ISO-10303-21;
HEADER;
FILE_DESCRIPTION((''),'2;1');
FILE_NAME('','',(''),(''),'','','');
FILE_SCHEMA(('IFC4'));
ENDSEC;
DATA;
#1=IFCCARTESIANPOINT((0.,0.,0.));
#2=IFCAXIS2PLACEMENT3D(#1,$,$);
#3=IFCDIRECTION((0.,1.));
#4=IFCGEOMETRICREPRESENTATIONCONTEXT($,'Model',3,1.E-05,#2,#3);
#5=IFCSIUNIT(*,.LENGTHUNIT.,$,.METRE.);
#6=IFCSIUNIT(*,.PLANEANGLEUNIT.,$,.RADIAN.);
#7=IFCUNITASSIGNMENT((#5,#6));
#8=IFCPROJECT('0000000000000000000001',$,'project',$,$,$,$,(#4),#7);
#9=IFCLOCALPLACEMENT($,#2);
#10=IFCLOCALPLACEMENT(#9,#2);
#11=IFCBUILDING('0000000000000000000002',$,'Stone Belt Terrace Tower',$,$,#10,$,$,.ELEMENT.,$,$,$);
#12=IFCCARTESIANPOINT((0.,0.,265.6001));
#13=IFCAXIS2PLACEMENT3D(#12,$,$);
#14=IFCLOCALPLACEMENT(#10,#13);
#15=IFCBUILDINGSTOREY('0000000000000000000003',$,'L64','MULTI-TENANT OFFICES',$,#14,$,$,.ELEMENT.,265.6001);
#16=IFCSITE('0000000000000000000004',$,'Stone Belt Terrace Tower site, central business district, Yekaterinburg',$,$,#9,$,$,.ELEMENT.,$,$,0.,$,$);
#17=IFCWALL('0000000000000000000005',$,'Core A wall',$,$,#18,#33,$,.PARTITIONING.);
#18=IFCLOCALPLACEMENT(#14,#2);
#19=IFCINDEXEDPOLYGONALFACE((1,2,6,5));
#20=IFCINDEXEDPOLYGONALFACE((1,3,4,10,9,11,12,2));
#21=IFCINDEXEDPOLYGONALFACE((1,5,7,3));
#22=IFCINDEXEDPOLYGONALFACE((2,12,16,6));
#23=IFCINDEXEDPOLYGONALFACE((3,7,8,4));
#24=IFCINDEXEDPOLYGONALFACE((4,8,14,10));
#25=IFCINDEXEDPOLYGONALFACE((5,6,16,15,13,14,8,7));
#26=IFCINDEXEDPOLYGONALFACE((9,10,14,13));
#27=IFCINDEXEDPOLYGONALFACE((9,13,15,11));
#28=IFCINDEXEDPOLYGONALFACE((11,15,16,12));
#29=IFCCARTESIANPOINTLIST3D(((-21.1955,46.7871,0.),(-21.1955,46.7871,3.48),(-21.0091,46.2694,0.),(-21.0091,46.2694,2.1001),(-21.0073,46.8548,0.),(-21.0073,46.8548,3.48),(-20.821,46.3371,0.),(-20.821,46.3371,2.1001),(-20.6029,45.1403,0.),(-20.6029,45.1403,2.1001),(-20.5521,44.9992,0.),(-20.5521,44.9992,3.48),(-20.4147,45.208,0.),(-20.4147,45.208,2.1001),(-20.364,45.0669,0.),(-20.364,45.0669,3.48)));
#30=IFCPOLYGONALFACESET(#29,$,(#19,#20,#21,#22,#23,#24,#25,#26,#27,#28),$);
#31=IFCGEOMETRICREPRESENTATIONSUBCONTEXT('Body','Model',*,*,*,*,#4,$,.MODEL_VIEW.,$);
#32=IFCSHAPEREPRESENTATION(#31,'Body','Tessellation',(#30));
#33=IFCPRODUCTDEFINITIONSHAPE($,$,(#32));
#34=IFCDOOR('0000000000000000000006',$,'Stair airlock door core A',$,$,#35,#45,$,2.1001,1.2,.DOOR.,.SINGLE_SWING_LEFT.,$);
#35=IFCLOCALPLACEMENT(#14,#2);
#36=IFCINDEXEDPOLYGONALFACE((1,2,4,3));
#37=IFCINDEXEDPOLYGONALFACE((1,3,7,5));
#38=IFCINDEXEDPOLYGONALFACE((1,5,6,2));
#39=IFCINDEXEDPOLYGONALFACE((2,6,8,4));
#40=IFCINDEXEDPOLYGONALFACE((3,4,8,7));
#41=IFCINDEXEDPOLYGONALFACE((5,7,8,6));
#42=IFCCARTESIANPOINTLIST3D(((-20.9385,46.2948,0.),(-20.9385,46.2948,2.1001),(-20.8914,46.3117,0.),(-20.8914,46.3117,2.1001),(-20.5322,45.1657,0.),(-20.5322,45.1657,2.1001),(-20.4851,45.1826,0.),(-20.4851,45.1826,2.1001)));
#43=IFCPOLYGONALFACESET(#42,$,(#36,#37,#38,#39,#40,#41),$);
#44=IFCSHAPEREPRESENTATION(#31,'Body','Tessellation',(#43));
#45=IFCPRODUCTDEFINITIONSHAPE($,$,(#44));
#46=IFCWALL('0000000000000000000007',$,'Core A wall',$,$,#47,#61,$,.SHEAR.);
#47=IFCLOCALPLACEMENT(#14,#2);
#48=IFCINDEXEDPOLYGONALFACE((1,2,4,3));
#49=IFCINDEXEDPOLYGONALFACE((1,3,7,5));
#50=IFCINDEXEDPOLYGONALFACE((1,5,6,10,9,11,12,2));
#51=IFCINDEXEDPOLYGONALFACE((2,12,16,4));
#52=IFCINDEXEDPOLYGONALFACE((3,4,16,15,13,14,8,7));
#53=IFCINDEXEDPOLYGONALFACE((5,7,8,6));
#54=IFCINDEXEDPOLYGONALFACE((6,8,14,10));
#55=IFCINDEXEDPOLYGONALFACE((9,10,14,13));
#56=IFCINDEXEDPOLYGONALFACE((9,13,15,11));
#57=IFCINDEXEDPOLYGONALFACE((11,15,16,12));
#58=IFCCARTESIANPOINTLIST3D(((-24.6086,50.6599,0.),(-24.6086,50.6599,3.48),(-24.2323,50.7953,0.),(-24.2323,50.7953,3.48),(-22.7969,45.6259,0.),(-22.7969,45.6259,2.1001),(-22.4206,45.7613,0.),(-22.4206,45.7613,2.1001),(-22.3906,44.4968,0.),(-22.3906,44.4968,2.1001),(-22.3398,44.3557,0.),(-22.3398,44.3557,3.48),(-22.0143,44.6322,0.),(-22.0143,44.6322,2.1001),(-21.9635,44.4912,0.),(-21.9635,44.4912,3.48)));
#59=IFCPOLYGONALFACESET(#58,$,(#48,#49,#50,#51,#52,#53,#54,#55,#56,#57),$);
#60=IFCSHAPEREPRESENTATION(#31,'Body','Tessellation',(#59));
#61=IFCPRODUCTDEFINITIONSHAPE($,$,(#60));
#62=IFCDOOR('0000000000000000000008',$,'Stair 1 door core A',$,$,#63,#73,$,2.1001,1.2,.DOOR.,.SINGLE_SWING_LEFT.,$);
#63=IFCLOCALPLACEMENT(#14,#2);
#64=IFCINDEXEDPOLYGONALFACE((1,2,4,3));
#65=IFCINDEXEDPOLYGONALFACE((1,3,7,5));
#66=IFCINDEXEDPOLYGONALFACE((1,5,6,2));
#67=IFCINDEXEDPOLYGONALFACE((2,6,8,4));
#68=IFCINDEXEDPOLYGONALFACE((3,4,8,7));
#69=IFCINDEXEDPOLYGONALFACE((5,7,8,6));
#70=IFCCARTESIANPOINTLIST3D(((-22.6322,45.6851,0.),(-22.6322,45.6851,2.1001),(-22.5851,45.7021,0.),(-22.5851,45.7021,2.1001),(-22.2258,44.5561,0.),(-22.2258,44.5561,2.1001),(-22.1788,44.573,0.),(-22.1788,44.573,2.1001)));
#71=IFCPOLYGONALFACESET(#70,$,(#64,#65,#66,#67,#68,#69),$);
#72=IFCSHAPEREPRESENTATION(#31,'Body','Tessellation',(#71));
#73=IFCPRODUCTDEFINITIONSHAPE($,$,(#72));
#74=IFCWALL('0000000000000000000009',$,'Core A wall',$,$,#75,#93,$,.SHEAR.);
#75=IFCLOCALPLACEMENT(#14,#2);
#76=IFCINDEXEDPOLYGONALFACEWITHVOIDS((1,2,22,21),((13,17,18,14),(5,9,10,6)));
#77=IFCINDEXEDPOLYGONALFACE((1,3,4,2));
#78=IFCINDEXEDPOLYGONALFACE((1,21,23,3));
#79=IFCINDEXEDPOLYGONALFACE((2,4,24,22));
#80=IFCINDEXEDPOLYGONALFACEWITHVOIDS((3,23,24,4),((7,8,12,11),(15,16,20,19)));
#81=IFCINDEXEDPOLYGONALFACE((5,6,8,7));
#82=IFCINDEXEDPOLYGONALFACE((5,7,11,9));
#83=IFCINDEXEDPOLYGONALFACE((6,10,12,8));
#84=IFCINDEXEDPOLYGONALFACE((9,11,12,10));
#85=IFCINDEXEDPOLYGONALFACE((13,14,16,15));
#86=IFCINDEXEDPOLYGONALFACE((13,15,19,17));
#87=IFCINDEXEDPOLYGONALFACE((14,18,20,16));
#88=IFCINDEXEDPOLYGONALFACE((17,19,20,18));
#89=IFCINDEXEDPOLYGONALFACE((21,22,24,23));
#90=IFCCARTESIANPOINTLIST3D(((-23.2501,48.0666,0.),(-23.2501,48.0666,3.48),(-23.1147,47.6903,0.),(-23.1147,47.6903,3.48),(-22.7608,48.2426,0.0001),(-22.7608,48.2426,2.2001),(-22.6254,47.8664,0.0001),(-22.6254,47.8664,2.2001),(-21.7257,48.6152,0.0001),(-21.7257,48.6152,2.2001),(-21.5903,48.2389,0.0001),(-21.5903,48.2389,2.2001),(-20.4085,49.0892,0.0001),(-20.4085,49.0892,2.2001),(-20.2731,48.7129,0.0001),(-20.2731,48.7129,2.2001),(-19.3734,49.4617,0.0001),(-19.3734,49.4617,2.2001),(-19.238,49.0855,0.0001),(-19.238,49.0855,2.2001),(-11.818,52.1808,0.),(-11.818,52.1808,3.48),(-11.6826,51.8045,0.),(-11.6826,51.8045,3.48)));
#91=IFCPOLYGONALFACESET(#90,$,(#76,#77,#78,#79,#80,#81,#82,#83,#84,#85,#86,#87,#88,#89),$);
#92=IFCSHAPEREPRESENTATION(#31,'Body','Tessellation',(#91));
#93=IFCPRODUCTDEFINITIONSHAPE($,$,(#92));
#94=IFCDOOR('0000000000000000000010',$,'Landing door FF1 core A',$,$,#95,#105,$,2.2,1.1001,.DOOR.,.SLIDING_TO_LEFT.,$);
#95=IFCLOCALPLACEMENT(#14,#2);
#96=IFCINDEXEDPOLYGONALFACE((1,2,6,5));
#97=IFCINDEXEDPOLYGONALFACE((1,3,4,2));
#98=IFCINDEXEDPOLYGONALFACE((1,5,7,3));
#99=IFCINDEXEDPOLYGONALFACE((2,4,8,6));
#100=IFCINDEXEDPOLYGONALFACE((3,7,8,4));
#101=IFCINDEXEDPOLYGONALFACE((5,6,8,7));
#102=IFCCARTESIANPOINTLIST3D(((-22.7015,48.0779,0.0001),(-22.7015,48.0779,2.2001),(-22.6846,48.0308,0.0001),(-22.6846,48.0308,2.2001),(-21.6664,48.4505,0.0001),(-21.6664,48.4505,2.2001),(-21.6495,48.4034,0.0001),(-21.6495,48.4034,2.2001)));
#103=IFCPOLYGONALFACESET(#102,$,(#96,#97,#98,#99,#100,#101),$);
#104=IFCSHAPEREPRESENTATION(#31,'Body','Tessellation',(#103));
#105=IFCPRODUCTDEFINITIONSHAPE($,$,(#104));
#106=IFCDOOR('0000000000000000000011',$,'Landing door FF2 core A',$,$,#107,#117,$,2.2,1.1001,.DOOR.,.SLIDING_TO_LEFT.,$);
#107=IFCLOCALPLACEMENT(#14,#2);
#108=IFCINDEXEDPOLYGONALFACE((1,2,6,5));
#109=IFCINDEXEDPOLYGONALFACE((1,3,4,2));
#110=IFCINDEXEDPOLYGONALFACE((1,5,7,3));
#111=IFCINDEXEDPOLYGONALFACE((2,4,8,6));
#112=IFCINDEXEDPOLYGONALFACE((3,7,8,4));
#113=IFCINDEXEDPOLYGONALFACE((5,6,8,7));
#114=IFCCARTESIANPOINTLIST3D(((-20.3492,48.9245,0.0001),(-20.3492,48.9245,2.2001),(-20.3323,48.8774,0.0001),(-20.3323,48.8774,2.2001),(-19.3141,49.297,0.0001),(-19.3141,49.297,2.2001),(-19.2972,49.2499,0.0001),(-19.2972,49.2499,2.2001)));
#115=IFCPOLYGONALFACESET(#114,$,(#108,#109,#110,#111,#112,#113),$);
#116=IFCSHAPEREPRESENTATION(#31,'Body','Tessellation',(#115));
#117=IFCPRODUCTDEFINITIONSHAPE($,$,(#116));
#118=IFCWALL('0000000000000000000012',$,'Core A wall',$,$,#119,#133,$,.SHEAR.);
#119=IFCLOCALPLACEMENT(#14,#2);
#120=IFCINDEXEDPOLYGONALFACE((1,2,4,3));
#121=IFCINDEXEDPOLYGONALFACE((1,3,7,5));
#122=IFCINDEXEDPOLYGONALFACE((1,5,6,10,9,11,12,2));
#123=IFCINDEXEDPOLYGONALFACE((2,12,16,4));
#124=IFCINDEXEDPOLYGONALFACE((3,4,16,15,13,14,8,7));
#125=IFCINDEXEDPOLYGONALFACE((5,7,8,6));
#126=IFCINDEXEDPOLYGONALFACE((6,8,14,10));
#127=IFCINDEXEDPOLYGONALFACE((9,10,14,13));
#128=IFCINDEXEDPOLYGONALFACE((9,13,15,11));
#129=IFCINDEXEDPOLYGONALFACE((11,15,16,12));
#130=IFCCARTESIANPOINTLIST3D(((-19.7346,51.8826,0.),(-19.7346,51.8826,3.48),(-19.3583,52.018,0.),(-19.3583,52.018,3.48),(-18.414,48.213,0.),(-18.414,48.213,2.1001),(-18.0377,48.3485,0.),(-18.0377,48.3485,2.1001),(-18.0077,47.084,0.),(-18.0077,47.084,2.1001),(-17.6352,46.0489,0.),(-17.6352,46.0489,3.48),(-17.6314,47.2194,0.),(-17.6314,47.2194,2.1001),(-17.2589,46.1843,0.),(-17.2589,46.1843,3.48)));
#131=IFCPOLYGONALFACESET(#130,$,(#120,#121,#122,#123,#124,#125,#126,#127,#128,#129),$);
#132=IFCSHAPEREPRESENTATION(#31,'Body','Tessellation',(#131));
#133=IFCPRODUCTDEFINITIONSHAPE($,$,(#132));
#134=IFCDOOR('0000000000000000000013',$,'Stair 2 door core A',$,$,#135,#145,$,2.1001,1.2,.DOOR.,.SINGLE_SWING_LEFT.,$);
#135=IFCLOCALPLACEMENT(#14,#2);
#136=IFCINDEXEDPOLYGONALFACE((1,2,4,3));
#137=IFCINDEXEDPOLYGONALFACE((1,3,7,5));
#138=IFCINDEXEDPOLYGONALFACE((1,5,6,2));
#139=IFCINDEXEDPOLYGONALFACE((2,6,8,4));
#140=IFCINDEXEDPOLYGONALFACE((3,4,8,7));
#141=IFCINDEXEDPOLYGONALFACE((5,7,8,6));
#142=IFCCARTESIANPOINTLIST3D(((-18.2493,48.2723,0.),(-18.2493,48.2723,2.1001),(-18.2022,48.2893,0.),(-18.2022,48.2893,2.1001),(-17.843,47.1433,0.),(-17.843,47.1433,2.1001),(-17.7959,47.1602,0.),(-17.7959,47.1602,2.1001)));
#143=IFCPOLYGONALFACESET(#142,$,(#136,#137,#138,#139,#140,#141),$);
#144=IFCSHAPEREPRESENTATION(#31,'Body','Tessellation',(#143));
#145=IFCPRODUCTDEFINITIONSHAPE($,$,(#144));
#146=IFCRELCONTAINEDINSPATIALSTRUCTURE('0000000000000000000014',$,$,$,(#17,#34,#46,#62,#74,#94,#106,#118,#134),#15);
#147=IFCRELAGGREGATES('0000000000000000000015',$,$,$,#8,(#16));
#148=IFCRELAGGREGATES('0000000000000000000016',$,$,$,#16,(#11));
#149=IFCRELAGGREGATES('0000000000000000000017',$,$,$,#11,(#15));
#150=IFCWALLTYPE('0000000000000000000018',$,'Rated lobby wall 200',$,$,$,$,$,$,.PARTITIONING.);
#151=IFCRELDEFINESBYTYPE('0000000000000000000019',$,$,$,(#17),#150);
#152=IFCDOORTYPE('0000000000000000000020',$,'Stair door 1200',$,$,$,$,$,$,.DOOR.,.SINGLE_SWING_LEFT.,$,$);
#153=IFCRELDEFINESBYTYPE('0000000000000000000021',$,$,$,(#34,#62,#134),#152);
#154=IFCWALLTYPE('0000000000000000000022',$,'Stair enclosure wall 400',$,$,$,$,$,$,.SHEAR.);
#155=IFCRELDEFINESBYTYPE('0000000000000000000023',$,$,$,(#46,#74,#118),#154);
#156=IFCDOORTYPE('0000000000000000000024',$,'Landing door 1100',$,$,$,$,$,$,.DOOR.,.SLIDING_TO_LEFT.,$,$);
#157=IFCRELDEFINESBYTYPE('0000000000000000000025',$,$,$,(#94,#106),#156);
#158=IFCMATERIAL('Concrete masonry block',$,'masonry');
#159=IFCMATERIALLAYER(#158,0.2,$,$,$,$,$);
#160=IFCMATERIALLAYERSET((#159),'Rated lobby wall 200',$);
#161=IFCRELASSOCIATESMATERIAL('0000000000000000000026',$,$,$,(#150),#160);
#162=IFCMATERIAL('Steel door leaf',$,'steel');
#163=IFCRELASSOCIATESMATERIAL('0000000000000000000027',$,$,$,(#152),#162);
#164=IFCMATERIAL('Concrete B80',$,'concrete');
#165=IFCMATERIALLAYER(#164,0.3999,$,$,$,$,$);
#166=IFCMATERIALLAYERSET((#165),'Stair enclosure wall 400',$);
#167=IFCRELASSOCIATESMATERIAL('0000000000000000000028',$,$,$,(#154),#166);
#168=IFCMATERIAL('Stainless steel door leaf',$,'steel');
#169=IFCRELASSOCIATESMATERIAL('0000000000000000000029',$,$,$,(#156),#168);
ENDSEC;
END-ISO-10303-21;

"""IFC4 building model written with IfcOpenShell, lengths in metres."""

from ifc_helpers import new_model, si_unit, direction, frame, frame_2d, origin, place, context, subcontext, project, spatial, rectangle, extrude, material, layer, layer_set, type_object, element, fill, save


model = new_model("IFC4")

# Units and contexts
model_context = context("Model", 3, precision=1e-05, world=origin(), true_north=direction((0.0, 1.0)))
body_context = subcontext(model_context, "Body", "Model", "MODEL_VIEW")
ifc_project = project(units=[si_unit("LENGTHUNIT", "METRE"), si_unit("PLANEANGLEUNIT", "RADIAN")], contexts=[model_context])

# Site, building, storey
site_placement = place(None, origin())
site = spatial("IfcSite", under=ifc_project, at=site_placement, Name="Stone Belt Terrace Tower site, central business district, Yekaterinburg", CompositionType="ELEMENT", RefElevation=0.0)
building_placement = place(site_placement, origin())
building = spatial("IfcBuilding", under=site, at=building_placement, Name="Stone Belt Terrace Tower", CompositionType="ELEMENT")
storey_placement = place(building_placement, frame((0.0, 0.0, 265.6001)))
storey = spatial("IfcBuildingStorey", under=building, at=storey_placement, Name="L64", Description="MULTI-TENANT OFFICES", CompositionType="ELEMENT", Elevation=265.6001)

# Shared definitions
ifc_material_1 = material(Name="Concrete B80", Category="concrete")

# Shared definitions
ifc_material_2 = material(Name="Concrete masonry block", Category="masonry")
ifc_layer_1 = layer(ifc_material_2, 0.2)
ifc_layer_set_1 = layer_set([ifc_layer_1], Name="Rated lobby wall 200")
wall_type_1 = type_object("IfcWallType", Name="Rated lobby wall 200", PredefinedType="PARTITIONING", material=ifc_layer_set_1)

# Walls, openings, doors
wall_1_placement = place(storey_placement, frame((-20.458, 45.033, 0.0), z_axis=(0.0, 0.0, 1.0), x_axis=(-0.338574, 0.94094, 0.0)))
wall_1 = element("IfcWall", 1, at=wall_1_placement, inside=storey, type_object=wall_type_1, Name="Core A wall", PredefinedType="PARTITIONING", context=body_context, shape_type="SweptSolid", body=[
    extrude(rectangle(XDim=1.9001, YDim=0.2, at=frame_2d((0.9502, 0.0))), origin(), (0.0, 0.0, 1.0), 3.48),
])
opening_1_placement = place(wall_1_placement, frame((0.1499, 0.0, 0.0)))
opening_1 = element("IfcOpeningElement", 2, at=opening_1_placement, cuts=wall_1, PredefinedType="OPENING", context=body_context, shape_type="SweptSolid", body=[
    extrude(rectangle(XDim=1.2, YDim=2.1001, at=frame_2d((0.6001, 1.05))), frame((0.0, 0.1099, 0.0), z_axis=(0.0, -1.0, 0.0), x_axis=(1.0, 0.0, 0.0)), (0.0, 0.0, 1.0), 0.22),
])
ifc_material_3 = material(Name="Steel door leaf", Category="steel")
door_type_1 = type_object("IfcDoorType", Name="Stair door 1200", OperationType="SINGLE_SWING_LEFT", PredefinedType="DOOR", material=ifc_material_3)
door_1_placement = place(opening_1_placement, origin())
door_1 = element("IfcDoor", 3, at=door_1_placement, inside=storey, type_object=door_type_1, Name="Stair airlock door core A", OperationType="SINGLE_SWING_LEFT", OverallHeight=2.1001, OverallWidth=1.2, PredefinedType="DOOR", context=body_context, shape_type="SweptSolid", body=[
    extrude(rectangle(XDim=1.2, YDim=2.1001, at=frame_2d((0.6001, 1.05))), frame((0.0, 0.0249, 0.0), z_axis=(0.0, -1.0, 0.0), x_axis=(1.0, 0.0, 0.0)), (0.0, 0.0, 1.0), 0.05),
])
fill(opening_1, door_1)
ifc_layer_2 = layer(ifc_material_1, 0.3999)
ifc_layer_set_2 = layer_set([ifc_layer_2], Name="Stair enclosure wall 400")
wall_type_2 = type_object("IfcWallType", Name="Stair enclosure wall 400", PredefinedType="SHEAR", material=ifc_layer_set_2)
wall_2_placement = place(storey_placement, frame((-22.1516, 44.4233, 0.0), z_axis=(0.0, 0.0, 1.0), x_axis=(-0.338625, 0.940921, 0.0)))
wall_2 = element("IfcWall", 4, at=wall_2_placement, inside=storey, type_object=wall_type_2, Name="Core A wall", PredefinedType="SHEAR", context=body_context, shape_type="SweptSolid", body=[
    extrude(rectangle(XDim=6.7, YDim=0.3999, at=frame_2d((3.3501, 0.0))), origin(), (0.0, 0.0, 1.0), 3.48),
])
opening_2_placement = place(wall_2_placement, frame((0.1499, 0.0, 0.0)))
opening_2 = element("IfcOpeningElement", 5, at=opening_2_placement, cuts=wall_2, PredefinedType="OPENING", context=body_context, shape_type="SweptSolid", body=[
    extrude(rectangle(XDim=1.2, YDim=2.1001, at=frame_2d((0.6001, 1.05))), frame((0.0, 0.21, 0.0), z_axis=(0.0, -1.0, 0.0), x_axis=(1.0, 0.0, 0.0)), (0.0, 0.0, 1.0), 0.4199),
])
door_2_placement = place(opening_2_placement, origin())
door_2 = element("IfcDoor", 6, at=door_2_placement, inside=storey, type_object=door_type_1, Name="Stair 1 door core A", OperationType="SINGLE_SWING_LEFT", OverallHeight=2.1001, OverallWidth=1.2, PredefinedType="DOOR", context=body_context, shape_type="SweptSolid", body=[
    extrude(rectangle(XDim=1.2, YDim=2.1001, at=frame_2d((0.6001, 1.05))), frame((0.0, 0.0249, 0.0), z_axis=(0.0, -1.0, 0.0), x_axis=(1.0, 0.0, 0.0)), (0.0, 0.0, 1.0), 0.05),
])
fill(opening_2, door_2)

# Wall, openings, doors
wall_3_placement = place(storey_placement, frame((-23.1824, 47.8784, 0.0), z_axis=(0.0, 0.0, 1.0), x_axis=(0.940922, 0.338624, 0.0)))
wall_3 = element("IfcWall", 7, at=wall_3_placement, inside=storey, type_object=wall_type_2, Name="Core A wall", PredefinedType="SHEAR", context=body_context, shape_type="SweptSolid", body=[
    extrude(rectangle(XDim=12.1499, YDim=0.3999, at=frame_2d((6.075, 0.0))), origin(), (0.0, 0.0, 1.0), 3.48),
])
opening_3_placement = place(wall_3_placement, frame((0.52, 0.0, 0.0)))
opening_3 = element("IfcOpeningElement", 8, at=opening_3_placement, cuts=wall_3, PredefinedType="OPENING", context=body_context, shape_type="SweptSolid", body=[
    extrude(rectangle(XDim=1.1001, YDim=2.2, at=frame_2d((0.55, 1.1001))), frame((0.0, 0.21, 0.0), z_axis=(0.0, -1.0, 0.0), x_axis=(1.0, 0.0, 0.0)), (0.0, 0.0, 1.0), 0.4199),
])
opening_4_placement = place(wall_3_placement, frame((3.02, 0.0, 0.0)))
opening_4 = element("IfcOpeningElement", 9, at=opening_4_placement, cuts=wall_3, PredefinedType="OPENING", context=body_context, shape_type="SweptSolid", body=[
    extrude(rectangle(XDim=1.1001, YDim=2.2, at=frame_2d((0.55, 1.1001))), frame((0.0, 0.21, 0.0), z_axis=(0.0, -1.0, 0.0), x_axis=(1.0, 0.0, 0.0)), (0.0, 0.0, 1.0), 0.4199),
])
ifc_material_4 = material(Name="Stainless steel door leaf", Category="steel")
door_type_2 = type_object("IfcDoorType", Name="Landing door 1100", OperationType="SLIDING_TO_LEFT", PredefinedType="DOOR", material=ifc_material_4)
door_3_placement = place(opening_3_placement, origin())
door_3 = element("IfcDoor", 10, at=door_3_placement, inside=storey, type_object=door_type_2, Name="Landing door FF1 core A", OperationType="SLIDING_TO_LEFT", OverallHeight=2.2, OverallWidth=1.1001, PredefinedType="DOOR", context=body_context, shape_type="SweptSolid", body=[
    extrude(rectangle(XDim=1.1001, YDim=2.2, at=frame_2d((0.55, 1.1001))), frame((0.0, 0.0249, 0.0), z_axis=(0.0, -1.0, 0.0), x_axis=(1.0, 0.0, 0.0)), (0.0, 0.0, 1.0), 0.05),
])
fill(opening_3, door_3)
door_4_placement = place(opening_4_placement, origin())
door_4 = element("IfcDoor", 11, at=door_4_placement, inside=storey, type_object=door_type_2, Name="Landing door FF2 core A", OperationType="SLIDING_TO_LEFT", OverallHeight=2.2, OverallWidth=1.1001, PredefinedType="DOOR", context=body_context, shape_type="SweptSolid", body=[
    extrude(rectangle(XDim=1.1001, YDim=2.2, at=frame_2d((0.55, 1.1001))), frame((0.0, 0.0249, 0.0), z_axis=(0.0, -1.0, 0.0), x_axis=(1.0, 0.0, 0.0)), (0.0, 0.0, 1.0), 0.05),
])
fill(opening_4, door_4)

# Wall, opening, door
wall_4_placement = place(storey_placement, frame((-17.447, 46.1165, 0.0), z_axis=(0.0, 0.0, 1.0), x_axis=(-0.338608, 0.940928, 0.0)))
wall_4 = element("IfcWall", 12, at=wall_4_placement, inside=storey, type_object=wall_type_2, Name="Core A wall", PredefinedType="SHEAR", context=body_context, shape_type="SweptSolid", body=[
    extrude(rectangle(XDim=6.2, YDim=0.3999, at=frame_2d((3.1001, 0.0))), origin(), (0.0, 0.0, 1.0), 3.48),
])
opening_5_placement = place(wall_4_placement, frame((1.1001, 0.0, 0.0)))
opening_5 = element("IfcOpeningElement", 13, at=opening_5_placement, cuts=wall_4, PredefinedType="OPENING", context=body_context, shape_type="SweptSolid", body=[
    extrude(rectangle(XDim=1.2, YDim=2.1001, at=frame_2d((0.6001, 1.05))), frame((0.0, 0.21, 0.0), z_axis=(0.0, -1.0, 0.0), x_axis=(1.0, 0.0, 0.0)), (0.0, 0.0, 1.0), 0.4199),
])
door_5_placement = place(opening_5_placement, origin())
door_5 = element("IfcDoor", 14, at=door_5_placement, inside=storey, type_object=door_type_1, Name="Stair 2 door core A", OperationType="SINGLE_SWING_LEFT", OverallHeight=2.1001, OverallWidth=1.2, PredefinedType="DOOR", context=body_context, shape_type="SweptSolid", body=[
    extrude(rectangle(XDim=1.2, YDim=2.1001, at=frame_2d((0.6001, 1.05))), frame((0.0, 0.0249, 0.0), z_axis=(0.0, -1.0, 0.0), x_axis=(1.0, 0.0, 0.0)), (0.0, 0.0, 1.0), 0.05),
])
fill(opening_5, door_5)

save(model, "model.ifc")
